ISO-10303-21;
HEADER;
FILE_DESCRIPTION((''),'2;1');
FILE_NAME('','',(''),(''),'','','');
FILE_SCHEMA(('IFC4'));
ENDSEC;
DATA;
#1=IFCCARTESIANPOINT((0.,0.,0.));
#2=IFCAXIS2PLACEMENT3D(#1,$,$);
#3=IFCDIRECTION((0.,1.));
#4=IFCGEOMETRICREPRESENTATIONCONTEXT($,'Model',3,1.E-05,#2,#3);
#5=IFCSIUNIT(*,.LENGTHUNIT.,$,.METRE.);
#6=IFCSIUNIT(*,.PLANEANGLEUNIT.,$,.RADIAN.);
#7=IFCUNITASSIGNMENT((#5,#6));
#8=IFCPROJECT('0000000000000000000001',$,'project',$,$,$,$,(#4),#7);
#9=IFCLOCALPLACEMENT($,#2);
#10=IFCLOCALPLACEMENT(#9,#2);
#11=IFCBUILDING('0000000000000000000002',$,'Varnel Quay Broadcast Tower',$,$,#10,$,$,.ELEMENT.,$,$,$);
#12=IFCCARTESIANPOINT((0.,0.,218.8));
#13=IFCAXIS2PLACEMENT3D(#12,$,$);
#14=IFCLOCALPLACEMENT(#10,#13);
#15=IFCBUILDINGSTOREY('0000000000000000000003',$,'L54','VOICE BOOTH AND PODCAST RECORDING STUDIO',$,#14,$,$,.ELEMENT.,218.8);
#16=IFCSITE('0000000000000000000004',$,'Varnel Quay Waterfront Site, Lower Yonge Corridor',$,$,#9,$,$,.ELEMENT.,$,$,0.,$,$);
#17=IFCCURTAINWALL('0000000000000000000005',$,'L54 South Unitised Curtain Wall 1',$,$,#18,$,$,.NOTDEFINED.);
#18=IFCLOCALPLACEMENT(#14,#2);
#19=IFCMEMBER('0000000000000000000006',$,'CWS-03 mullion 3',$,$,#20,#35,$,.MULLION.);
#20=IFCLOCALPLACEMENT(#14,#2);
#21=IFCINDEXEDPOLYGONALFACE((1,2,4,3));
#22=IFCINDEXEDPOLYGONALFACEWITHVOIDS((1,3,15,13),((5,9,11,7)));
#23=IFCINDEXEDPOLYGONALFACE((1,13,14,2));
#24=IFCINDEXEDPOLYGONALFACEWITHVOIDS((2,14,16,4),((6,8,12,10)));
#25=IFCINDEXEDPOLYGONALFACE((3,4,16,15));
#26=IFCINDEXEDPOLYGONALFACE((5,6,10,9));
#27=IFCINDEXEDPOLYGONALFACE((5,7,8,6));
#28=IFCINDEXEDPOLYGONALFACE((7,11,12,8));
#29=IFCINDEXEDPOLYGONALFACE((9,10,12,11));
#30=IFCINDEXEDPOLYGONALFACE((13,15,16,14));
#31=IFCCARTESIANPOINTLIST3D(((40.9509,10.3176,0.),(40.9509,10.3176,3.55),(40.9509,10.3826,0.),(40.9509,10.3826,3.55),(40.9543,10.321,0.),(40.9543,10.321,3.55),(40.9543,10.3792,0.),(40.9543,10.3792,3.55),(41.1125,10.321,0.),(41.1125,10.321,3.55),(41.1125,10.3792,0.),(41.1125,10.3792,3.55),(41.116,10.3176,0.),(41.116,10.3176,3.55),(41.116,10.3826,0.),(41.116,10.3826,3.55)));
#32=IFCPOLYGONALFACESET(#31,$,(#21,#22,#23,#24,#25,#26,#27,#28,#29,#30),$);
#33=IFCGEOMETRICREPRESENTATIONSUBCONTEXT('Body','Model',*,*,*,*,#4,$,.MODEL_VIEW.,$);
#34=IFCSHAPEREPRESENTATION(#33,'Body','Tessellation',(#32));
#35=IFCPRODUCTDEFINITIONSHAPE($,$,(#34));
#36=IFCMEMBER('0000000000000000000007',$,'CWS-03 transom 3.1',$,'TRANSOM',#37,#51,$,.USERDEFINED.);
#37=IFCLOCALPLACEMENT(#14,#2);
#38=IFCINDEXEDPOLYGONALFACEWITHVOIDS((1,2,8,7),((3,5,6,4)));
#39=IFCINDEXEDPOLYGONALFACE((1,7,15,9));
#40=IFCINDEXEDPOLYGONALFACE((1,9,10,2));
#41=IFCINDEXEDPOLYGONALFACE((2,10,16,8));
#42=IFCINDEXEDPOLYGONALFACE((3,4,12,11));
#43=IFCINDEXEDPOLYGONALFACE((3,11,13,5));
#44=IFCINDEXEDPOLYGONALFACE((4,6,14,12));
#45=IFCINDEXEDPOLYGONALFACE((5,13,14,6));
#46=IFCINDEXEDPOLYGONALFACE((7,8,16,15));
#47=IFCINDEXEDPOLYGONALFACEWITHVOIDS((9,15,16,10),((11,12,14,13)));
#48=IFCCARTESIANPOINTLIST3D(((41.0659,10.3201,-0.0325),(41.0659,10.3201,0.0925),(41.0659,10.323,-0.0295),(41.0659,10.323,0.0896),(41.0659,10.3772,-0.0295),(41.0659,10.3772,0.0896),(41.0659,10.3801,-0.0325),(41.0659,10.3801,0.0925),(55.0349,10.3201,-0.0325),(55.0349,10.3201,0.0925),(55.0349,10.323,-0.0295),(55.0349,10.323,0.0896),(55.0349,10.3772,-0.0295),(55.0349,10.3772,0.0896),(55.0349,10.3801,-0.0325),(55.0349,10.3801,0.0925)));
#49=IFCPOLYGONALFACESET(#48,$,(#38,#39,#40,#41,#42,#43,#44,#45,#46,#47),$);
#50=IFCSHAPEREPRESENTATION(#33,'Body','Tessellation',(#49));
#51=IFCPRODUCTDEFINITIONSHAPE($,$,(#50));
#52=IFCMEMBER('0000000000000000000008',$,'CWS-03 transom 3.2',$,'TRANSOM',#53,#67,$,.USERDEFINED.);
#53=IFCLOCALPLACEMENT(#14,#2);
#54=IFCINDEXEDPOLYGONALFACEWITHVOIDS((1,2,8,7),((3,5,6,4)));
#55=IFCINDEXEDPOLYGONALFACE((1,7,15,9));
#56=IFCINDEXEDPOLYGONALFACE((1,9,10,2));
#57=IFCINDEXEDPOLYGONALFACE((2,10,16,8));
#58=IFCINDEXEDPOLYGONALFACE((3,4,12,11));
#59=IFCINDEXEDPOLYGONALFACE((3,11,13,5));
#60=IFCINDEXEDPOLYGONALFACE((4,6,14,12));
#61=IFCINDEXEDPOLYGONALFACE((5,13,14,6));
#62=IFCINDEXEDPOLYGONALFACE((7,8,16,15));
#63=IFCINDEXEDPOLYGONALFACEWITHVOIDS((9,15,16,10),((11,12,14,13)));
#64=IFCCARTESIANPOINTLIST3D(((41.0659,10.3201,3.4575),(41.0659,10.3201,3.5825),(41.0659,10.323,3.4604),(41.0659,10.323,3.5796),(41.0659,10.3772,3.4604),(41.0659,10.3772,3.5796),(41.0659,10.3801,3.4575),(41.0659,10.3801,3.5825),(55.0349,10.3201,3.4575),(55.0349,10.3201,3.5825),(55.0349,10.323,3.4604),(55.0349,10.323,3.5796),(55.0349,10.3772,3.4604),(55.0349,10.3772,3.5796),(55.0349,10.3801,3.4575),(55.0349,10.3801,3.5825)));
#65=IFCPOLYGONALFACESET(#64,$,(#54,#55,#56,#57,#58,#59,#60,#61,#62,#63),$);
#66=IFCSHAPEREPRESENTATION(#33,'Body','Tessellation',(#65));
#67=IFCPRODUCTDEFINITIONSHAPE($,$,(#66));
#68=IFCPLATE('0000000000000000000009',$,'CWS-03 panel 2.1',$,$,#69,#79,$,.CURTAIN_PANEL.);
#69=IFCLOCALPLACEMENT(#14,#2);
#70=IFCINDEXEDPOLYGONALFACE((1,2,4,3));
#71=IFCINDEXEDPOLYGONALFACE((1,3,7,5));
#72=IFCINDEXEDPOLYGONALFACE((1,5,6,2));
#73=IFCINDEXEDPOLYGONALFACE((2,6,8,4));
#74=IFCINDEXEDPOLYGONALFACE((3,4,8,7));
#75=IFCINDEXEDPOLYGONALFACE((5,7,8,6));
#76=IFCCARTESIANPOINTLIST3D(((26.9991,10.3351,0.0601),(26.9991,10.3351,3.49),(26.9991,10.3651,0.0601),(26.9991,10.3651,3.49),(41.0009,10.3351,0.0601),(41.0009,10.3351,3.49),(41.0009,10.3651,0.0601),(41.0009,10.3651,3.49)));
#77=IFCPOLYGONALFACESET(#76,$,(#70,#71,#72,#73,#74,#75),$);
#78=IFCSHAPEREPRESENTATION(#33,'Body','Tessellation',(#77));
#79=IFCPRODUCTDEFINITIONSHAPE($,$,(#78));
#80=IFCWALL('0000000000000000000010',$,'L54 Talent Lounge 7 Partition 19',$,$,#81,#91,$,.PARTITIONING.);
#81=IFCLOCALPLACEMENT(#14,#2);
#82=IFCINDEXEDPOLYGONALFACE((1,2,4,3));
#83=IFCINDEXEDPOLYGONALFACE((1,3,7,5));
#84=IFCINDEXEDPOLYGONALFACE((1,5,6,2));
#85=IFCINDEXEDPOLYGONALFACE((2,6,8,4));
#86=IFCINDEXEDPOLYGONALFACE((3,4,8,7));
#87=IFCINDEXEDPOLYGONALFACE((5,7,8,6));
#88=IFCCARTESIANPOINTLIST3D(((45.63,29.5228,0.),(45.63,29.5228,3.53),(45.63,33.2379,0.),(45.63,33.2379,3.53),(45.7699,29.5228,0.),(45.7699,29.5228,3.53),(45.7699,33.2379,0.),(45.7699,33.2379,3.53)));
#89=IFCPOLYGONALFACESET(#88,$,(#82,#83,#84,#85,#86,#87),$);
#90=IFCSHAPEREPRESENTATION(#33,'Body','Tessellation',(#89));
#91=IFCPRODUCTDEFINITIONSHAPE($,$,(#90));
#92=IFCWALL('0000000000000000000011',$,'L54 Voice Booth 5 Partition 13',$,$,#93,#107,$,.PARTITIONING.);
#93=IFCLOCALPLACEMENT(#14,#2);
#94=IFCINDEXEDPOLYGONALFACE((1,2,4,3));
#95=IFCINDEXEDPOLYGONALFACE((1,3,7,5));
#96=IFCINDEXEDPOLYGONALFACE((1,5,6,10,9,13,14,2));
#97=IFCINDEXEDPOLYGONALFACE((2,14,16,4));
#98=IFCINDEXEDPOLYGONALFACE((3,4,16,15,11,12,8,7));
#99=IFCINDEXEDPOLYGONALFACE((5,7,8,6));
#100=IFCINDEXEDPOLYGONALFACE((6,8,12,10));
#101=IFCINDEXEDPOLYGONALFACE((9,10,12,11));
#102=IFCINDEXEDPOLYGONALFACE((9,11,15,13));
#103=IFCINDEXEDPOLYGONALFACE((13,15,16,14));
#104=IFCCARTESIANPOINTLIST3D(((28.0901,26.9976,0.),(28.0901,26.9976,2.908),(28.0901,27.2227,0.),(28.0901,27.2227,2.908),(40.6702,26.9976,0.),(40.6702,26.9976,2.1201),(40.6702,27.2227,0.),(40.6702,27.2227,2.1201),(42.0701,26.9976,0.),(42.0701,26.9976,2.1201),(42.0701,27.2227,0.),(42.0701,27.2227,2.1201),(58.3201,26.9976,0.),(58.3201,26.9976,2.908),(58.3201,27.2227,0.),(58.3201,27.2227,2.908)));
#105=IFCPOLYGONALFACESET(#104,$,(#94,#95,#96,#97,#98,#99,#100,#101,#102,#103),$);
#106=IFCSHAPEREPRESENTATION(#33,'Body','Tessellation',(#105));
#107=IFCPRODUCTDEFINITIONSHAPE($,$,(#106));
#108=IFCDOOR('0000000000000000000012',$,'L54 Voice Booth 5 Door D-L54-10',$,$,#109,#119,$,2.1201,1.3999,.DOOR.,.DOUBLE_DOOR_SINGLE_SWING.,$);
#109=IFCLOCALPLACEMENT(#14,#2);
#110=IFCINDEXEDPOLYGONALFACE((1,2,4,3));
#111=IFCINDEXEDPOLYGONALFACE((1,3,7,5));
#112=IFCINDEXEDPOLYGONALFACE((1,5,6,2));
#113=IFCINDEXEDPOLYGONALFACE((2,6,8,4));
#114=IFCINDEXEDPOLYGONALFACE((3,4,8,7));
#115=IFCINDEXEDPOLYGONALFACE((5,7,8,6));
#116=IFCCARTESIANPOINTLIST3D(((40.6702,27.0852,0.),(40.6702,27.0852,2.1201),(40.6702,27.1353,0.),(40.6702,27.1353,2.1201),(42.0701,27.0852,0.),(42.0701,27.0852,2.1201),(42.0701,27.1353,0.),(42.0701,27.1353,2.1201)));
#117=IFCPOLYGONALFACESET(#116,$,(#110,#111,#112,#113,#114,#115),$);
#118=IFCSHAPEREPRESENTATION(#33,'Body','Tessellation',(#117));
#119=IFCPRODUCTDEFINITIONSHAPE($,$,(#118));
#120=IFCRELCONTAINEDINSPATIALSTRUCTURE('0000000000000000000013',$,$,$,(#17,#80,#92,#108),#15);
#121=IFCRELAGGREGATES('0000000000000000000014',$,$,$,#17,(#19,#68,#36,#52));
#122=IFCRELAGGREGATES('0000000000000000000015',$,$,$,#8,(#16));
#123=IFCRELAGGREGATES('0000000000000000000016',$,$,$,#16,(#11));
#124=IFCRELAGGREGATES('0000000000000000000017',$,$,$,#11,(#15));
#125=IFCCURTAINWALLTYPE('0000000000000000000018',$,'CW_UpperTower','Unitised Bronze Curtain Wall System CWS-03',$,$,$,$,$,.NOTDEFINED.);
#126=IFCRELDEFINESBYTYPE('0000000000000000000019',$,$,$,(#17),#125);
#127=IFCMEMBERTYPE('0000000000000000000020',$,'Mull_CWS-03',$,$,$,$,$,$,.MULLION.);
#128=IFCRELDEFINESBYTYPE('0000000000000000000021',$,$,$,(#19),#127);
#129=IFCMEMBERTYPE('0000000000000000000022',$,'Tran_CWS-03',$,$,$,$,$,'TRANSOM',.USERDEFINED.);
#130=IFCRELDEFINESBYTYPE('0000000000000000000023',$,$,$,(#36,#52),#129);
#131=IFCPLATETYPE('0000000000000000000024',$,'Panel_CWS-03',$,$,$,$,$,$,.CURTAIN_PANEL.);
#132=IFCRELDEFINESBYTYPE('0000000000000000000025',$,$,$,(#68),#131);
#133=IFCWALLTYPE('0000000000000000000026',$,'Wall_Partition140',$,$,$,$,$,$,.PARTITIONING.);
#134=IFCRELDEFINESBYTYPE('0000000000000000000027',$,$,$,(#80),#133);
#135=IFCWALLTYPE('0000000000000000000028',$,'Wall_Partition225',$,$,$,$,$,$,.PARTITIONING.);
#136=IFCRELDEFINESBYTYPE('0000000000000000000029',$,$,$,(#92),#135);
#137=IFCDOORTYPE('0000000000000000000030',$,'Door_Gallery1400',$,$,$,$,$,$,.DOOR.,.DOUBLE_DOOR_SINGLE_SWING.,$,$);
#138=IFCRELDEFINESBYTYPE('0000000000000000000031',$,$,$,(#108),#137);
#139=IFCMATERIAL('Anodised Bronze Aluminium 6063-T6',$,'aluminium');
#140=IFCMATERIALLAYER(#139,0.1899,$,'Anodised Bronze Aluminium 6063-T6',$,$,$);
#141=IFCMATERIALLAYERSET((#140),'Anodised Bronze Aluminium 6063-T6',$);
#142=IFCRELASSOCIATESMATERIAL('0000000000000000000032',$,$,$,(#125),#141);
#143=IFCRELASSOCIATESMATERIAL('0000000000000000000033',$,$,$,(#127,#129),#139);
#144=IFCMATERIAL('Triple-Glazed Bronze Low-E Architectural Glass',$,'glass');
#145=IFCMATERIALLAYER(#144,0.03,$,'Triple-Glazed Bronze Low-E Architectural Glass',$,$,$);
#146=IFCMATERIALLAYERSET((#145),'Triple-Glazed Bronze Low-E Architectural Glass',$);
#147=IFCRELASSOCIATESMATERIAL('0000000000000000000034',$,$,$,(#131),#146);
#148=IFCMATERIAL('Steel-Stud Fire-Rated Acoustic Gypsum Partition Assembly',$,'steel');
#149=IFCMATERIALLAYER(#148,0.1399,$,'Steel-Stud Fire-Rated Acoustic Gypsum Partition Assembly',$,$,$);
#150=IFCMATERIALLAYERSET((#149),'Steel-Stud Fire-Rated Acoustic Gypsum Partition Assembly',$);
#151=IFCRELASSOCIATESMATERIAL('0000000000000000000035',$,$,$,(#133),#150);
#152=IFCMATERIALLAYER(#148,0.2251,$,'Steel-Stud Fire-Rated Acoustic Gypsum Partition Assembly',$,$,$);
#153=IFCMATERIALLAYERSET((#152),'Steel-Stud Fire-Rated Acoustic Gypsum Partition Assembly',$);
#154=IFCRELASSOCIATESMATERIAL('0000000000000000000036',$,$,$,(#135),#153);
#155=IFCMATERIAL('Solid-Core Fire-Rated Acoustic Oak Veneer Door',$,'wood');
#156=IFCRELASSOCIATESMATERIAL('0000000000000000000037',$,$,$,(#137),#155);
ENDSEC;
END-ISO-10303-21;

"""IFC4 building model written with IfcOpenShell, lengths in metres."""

from ifc_helpers import new_model, si_unit, direction, frame, frame_2d, origin, origin_2d, place, context, subcontext, project, spatial, rectangle, hollow_rectangle, extrude, source, transform, mapped, material, layer, layer_set, material_profile, profile_set, type_object, type_shapes, element, fill, aggregate, save


model = new_model("IFC4")

# Units and contexts
model_context = context("Model", 3, precision=1e-05, world=origin(), true_north=direction((0.0, 1.0)))
body_context = subcontext(model_context, "Body", "Model", "MODEL_VIEW")
ifc_project = project(units=[si_unit("LENGTHUNIT", "METRE"), si_unit("PLANEANGLEUNIT", "RADIAN")], contexts=[model_context])

# Site, building, storey
site_placement = place(None, origin())
site = spatial("IfcSite", under=ifc_project, at=site_placement, Name="Varnel Quay Waterfront Site, Lower Yonge Corridor", CompositionType="ELEMENT", RefElevation=0.0)
building_placement = place(site_placement, origin())
building = spatial("IfcBuilding", under=site, at=building_placement, Name="Varnel Quay Broadcast Tower", CompositionType="ELEMENT")
storey_placement = place(building_placement, frame((0.0, 0.0, 218.8)))
storey = spatial("IfcBuildingStorey", under=building, at=storey_placement, Name="L54", Description="VOICE BOOTH AND PODCAST RECORDING STUDIO", CompositionType="ELEMENT", Elevation=218.8)

# Curtain wall, members, plate
ifc_material_1 = material(Name="Anodised Bronze Aluminium 6063-T6", Category="aluminium")
ifc_layer_1 = layer(ifc_material_1, 0.1899, Name="Anodised Bronze Aluminium 6063-T6")
ifc_layer_set_1 = layer_set([ifc_layer_1], Name="Anodised Bronze Aluminium 6063-T6")
curtain_wall_type = type_object("IfcCurtainWallType", Name="CW_UpperTower", Description="Unitised Bronze Curtain Wall System CWS-03", PredefinedType="NOTDEFINED", material=ifc_layer_set_1)
curtain_wall_placement = place(storey_placement, origin())
curtain_wall = element("IfcCurtainWall", 1, at=curtain_wall_placement, inside=storey, type_object=curtain_wall_type, Name="L54 South Unitised Curtain Wall 1", PredefinedType="NOTDEFINED")
ifc_material_profile_1 = material_profile(ifc_material_1, hollow_rectangle(XDim=0.0649, YDim=0.165, WallThickness=0.0034, at=origin_2d()), Name="ALU65X165X3.5")
ifc_profile_set_1 = profile_set([ifc_material_profile_1], Name="Anodised Bronze Aluminium 6063-T6")
member_type_1 = type_object("IfcMemberType", Name="Mull_CWS-03", PredefinedType="MULLION", material=ifc_profile_set_1)
shared_shape_1 = source(origin(), body_context, "Body", "SweptSolid", [
    extrude(hollow_rectangle(XDim=0.0649, YDim=0.165, WallThickness=0.0034, at=origin_2d()), origin(), (0.0, 0.0, 1.0), 3.55),
])
type_shapes(member_type_1, [shared_shape_1])
member_1_placement = place(storey_placement, frame((41.0334, 10.3501, 0.0), z_axis=(0.0, 0.0, 1.0), x_axis=(0.0, 1.0, 0.0)))
member_1 = element("IfcMember", 2, at=member_1_placement, type_object=member_type_1, Name="CWS-03 mullion 3", PredefinedType="MULLION", context=body_context, shape_type="MappedRepresentation", body=[
    mapped(shared_shape_1, transform((0.0, 0.0, 0.0), x_axis=(1.0, 0.0, 0.0), y_axis=(0.0, 1.0, 0.0), z_axis=(0.0, 0.0, 1.0), scale=1.0)),
])
ifc_material_profile_2 = material_profile(ifc_material_1, hollow_rectangle(XDim=0.0601, YDim=0.125, WallThickness=0.0029, at=origin_2d()), Name="ALU60X125X3")
ifc_profile_set_2 = profile_set([ifc_material_profile_2], Name="Anodised Bronze Aluminium 6063-T6")
member_type_2 = type_object("IfcMemberType", Name="Tran_CWS-03", ElementType="TRANSOM", PredefinedType="USERDEFINED", material=ifc_profile_set_2)
shared_shape_2 = source(origin(), body_context, "Body", "SweptSolid", [
    extrude(hollow_rectangle(XDim=0.0601, YDim=0.125, WallThickness=0.0029, at=origin_2d()), origin(), (0.0, 0.0, 1.0), 13.969),
])
type_shapes(member_type_2, [shared_shape_2])
member_2_placement = place(storey_placement, frame((41.0659, 10.3501, 0.03), z_axis=(1.0, 0.0, 0.0), x_axis=(0.0, 1.0, 0.0)))
member_2 = element("IfcMember", 3, at=member_2_placement, type_object=member_type_2, Name="CWS-03 transom 3.1", ObjectType="TRANSOM", PredefinedType="USERDEFINED", context=body_context, shape_type="MappedRepresentation", body=[
    mapped(shared_shape_2, transform((0.0, 0.0, 0.0), x_axis=(1.0, 0.0, 0.0), y_axis=(0.0, 1.0, 0.0), z_axis=(0.0, 0.0, 1.0), scale=1.0)),
])
member_3_placement = place(storey_placement, frame((41.0659, 10.3501, 3.52), z_axis=(1.0, 0.0, 0.0), x_axis=(0.0, 1.0, 0.0)))
member_3 = element("IfcMember", 4, at=member_3_placement, type_object=member_type_2, Name="CWS-03 transom 3.2", ObjectType="TRANSOM", PredefinedType="USERDEFINED", context=body_context, shape_type="MappedRepresentation", body=[
    mapped(shared_shape_2, transform((0.0, 0.0, 0.0), x_axis=(1.0, 0.0, 0.0), y_axis=(0.0, 1.0, 0.0), z_axis=(0.0, 0.0, 1.0), scale=1.0)),
])
ifc_material_2 = material(Name="Triple-Glazed Bronze Low-E Architectural Glass", Category="glass")
ifc_layer_2 = layer(ifc_material_2, 0.03, Name="Triple-Glazed Bronze Low-E Architectural Glass")
ifc_layer_set_2 = layer_set([ifc_layer_2], Name="Triple-Glazed Bronze Low-E Architectural Glass")
plate_type = type_object("IfcPlateType", Name="Panel_CWS-03", PredefinedType="CURTAIN_PANEL", material=ifc_layer_set_2)
shared_shape_3 = source(origin(), body_context, "Body", "SweptSolid", [
    extrude(rectangle(XDim=14.0017, YDim=0.03, at=origin_2d()), origin(), (0.0, 0.0, 1.0), 3.4299),
])
type_shapes(plate_type, [shared_shape_3])
plate_placement = place(storey_placement, frame((34.0, 10.3501, 0.0601), z_axis=(0.0, 0.0, 1.0), x_axis=(1.0, 0.0, 0.0)))
plate = element("IfcPlate", 5, at=plate_placement, type_object=plate_type, Name="CWS-03 panel 2.1", PredefinedType="CURTAIN_PANEL", context=body_context, shape_type="MappedRepresentation", body=[
    mapped(shared_shape_3, transform((0.0, 0.0, 0.0), x_axis=(1.0, 0.0, 0.0), y_axis=(0.0, 1.0, 0.0), z_axis=(0.0, 0.0, 1.0), scale=1.0)),
])
aggregate(curtain_wall, [member_1, plate, member_2, member_3])

# Wall
ifc_material_3 = material(Name="Steel-Stud Fire-Rated Acoustic Gypsum Partition Assembly", Category="steel")
ifc_layer_3 = layer(ifc_material_3, 0.1399, Name="Steel-Stud Fire-Rated Acoustic Gypsum Partition Assembly")
ifc_layer_set_3 = layer_set([ifc_layer_3], Name="Steel-Stud Fire-Rated Acoustic Gypsum Partition Assembly")
wall_type_1 = type_object("IfcWallType", Name="Wall_Partition140", PredefinedType="PARTITIONING", material=ifc_layer_set_3)
wall_1_placement = place(storey_placement, frame((45.7, 29.5229, 0.0), z_axis=(0.0, 0.0, 1.0), x_axis=(0.0, 1.0, 0.0)))
element("IfcWall", 6, at=wall_1_placement, inside=storey, type_object=wall_type_1, Name="L54 Talent Lounge 7 Partition 19", PredefinedType="PARTITIONING", context=body_context, shape_type="SweptSolid", body=[
    extrude(rectangle(XDim=3.7151, YDim=0.1399, at=frame_2d((1.8574, 0.0))), origin(), (0.0, 0.0, 1.0), 3.53),
])

# Wall, opening, door
ifc_layer_4 = layer(ifc_material_3, 0.2251, Name="Steel-Stud Fire-Rated Acoustic Gypsum Partition Assembly")
ifc_layer_set_4 = layer_set([ifc_layer_4], Name="Steel-Stud Fire-Rated Acoustic Gypsum Partition Assembly")
wall_type_2 = type_object("IfcWallType", Name="Wall_Partition225", PredefinedType="PARTITIONING", material=ifc_layer_set_4)
wall_2_placement = place(storey_placement, frame((28.0901, 27.1101, 0.0), z_axis=(0.0, 0.0, 1.0), x_axis=(1.0, 0.0, 0.0)))
wall_2 = element("IfcWall", 7, at=wall_2_placement, inside=storey, type_object=wall_type_2, Name="L54 Voice Booth 5 Partition 13", PredefinedType="PARTITIONING", context=body_context, shape_type="SweptSolid", body=[
    extrude(rectangle(XDim=30.23, YDim=0.2251, at=frame_2d((15.115, 0.0))), origin(), (0.0, 0.0, 1.0), 2.908),
])
opening_1_placement = place(wall_2_placement, frame((12.5801, 0.0, 0.0)))
opening_1 = element("IfcOpeningElement", 8, at=opening_1_placement, cuts=wall_2, PredefinedType="OPENING", context=body_context, shape_type="SweptSolid", body=[
    extrude(rectangle(XDim=1.3999, YDim=2.1201, at=frame_2d((0.7, 1.0601))), frame((0.0, 0.1226, 0.0), z_axis=(0.0, -1.0, 0.0), x_axis=(1.0, 0.0, 0.0)), (0.0, 0.0, 1.0), 0.2451),
])
ifc_material_4 = material(Name="Solid-Core Fire-Rated Acoustic Oak Veneer Door", Category="wood")
door_type_1 = type_object("IfcDoorType", Name="Door_Gallery1400", OperationType="DOUBLE_DOOR_SINGLE_SWING", PredefinedType="DOOR", material=ifc_material_4)
shared_shape_4 = source(origin(), body_context, "Body", "SweptSolid", [
    extrude(rectangle(XDim=1.3999, YDim=2.1201, at=frame_2d((0.7, 1.0601))), frame((0.0, 0.0249, 0.0), z_axis=(0.0, -1.0, 0.0), x_axis=(1.0, 0.0, 0.0)), (0.0, 0.0, 1.0), 0.05),
])
type_shapes(door_type_1, [shared_shape_4])
door_1_placement = place(opening_1_placement, frame((1.3999, 0.0, 0.0), z_axis=(0.0, 0.0, 1.0), x_axis=(-1.0, 0.0, 0.0)))
door_1 = element("IfcDoor", 9, at=door_1_placement, inside=storey, type_object=door_type_1, Name="L54 Voice Booth 5 Door D-L54-10", OperationType="DOUBLE_DOOR_SINGLE_SWING", OverallHeight=2.1201, OverallWidth=1.3999, PredefinedType="DOOR", context=body_context, shape_type="MappedRepresentation", body=[
    mapped(shared_shape_4, transform((0.0, 0.0, 0.0), x_axis=(1.0, 0.0, 0.0), y_axis=(0.0, 1.0, 0.0), z_axis=(0.0, 0.0, 1.0), scale=1.0)),
])
fill(opening_1, door_1)

save(model, "model.ifc")
